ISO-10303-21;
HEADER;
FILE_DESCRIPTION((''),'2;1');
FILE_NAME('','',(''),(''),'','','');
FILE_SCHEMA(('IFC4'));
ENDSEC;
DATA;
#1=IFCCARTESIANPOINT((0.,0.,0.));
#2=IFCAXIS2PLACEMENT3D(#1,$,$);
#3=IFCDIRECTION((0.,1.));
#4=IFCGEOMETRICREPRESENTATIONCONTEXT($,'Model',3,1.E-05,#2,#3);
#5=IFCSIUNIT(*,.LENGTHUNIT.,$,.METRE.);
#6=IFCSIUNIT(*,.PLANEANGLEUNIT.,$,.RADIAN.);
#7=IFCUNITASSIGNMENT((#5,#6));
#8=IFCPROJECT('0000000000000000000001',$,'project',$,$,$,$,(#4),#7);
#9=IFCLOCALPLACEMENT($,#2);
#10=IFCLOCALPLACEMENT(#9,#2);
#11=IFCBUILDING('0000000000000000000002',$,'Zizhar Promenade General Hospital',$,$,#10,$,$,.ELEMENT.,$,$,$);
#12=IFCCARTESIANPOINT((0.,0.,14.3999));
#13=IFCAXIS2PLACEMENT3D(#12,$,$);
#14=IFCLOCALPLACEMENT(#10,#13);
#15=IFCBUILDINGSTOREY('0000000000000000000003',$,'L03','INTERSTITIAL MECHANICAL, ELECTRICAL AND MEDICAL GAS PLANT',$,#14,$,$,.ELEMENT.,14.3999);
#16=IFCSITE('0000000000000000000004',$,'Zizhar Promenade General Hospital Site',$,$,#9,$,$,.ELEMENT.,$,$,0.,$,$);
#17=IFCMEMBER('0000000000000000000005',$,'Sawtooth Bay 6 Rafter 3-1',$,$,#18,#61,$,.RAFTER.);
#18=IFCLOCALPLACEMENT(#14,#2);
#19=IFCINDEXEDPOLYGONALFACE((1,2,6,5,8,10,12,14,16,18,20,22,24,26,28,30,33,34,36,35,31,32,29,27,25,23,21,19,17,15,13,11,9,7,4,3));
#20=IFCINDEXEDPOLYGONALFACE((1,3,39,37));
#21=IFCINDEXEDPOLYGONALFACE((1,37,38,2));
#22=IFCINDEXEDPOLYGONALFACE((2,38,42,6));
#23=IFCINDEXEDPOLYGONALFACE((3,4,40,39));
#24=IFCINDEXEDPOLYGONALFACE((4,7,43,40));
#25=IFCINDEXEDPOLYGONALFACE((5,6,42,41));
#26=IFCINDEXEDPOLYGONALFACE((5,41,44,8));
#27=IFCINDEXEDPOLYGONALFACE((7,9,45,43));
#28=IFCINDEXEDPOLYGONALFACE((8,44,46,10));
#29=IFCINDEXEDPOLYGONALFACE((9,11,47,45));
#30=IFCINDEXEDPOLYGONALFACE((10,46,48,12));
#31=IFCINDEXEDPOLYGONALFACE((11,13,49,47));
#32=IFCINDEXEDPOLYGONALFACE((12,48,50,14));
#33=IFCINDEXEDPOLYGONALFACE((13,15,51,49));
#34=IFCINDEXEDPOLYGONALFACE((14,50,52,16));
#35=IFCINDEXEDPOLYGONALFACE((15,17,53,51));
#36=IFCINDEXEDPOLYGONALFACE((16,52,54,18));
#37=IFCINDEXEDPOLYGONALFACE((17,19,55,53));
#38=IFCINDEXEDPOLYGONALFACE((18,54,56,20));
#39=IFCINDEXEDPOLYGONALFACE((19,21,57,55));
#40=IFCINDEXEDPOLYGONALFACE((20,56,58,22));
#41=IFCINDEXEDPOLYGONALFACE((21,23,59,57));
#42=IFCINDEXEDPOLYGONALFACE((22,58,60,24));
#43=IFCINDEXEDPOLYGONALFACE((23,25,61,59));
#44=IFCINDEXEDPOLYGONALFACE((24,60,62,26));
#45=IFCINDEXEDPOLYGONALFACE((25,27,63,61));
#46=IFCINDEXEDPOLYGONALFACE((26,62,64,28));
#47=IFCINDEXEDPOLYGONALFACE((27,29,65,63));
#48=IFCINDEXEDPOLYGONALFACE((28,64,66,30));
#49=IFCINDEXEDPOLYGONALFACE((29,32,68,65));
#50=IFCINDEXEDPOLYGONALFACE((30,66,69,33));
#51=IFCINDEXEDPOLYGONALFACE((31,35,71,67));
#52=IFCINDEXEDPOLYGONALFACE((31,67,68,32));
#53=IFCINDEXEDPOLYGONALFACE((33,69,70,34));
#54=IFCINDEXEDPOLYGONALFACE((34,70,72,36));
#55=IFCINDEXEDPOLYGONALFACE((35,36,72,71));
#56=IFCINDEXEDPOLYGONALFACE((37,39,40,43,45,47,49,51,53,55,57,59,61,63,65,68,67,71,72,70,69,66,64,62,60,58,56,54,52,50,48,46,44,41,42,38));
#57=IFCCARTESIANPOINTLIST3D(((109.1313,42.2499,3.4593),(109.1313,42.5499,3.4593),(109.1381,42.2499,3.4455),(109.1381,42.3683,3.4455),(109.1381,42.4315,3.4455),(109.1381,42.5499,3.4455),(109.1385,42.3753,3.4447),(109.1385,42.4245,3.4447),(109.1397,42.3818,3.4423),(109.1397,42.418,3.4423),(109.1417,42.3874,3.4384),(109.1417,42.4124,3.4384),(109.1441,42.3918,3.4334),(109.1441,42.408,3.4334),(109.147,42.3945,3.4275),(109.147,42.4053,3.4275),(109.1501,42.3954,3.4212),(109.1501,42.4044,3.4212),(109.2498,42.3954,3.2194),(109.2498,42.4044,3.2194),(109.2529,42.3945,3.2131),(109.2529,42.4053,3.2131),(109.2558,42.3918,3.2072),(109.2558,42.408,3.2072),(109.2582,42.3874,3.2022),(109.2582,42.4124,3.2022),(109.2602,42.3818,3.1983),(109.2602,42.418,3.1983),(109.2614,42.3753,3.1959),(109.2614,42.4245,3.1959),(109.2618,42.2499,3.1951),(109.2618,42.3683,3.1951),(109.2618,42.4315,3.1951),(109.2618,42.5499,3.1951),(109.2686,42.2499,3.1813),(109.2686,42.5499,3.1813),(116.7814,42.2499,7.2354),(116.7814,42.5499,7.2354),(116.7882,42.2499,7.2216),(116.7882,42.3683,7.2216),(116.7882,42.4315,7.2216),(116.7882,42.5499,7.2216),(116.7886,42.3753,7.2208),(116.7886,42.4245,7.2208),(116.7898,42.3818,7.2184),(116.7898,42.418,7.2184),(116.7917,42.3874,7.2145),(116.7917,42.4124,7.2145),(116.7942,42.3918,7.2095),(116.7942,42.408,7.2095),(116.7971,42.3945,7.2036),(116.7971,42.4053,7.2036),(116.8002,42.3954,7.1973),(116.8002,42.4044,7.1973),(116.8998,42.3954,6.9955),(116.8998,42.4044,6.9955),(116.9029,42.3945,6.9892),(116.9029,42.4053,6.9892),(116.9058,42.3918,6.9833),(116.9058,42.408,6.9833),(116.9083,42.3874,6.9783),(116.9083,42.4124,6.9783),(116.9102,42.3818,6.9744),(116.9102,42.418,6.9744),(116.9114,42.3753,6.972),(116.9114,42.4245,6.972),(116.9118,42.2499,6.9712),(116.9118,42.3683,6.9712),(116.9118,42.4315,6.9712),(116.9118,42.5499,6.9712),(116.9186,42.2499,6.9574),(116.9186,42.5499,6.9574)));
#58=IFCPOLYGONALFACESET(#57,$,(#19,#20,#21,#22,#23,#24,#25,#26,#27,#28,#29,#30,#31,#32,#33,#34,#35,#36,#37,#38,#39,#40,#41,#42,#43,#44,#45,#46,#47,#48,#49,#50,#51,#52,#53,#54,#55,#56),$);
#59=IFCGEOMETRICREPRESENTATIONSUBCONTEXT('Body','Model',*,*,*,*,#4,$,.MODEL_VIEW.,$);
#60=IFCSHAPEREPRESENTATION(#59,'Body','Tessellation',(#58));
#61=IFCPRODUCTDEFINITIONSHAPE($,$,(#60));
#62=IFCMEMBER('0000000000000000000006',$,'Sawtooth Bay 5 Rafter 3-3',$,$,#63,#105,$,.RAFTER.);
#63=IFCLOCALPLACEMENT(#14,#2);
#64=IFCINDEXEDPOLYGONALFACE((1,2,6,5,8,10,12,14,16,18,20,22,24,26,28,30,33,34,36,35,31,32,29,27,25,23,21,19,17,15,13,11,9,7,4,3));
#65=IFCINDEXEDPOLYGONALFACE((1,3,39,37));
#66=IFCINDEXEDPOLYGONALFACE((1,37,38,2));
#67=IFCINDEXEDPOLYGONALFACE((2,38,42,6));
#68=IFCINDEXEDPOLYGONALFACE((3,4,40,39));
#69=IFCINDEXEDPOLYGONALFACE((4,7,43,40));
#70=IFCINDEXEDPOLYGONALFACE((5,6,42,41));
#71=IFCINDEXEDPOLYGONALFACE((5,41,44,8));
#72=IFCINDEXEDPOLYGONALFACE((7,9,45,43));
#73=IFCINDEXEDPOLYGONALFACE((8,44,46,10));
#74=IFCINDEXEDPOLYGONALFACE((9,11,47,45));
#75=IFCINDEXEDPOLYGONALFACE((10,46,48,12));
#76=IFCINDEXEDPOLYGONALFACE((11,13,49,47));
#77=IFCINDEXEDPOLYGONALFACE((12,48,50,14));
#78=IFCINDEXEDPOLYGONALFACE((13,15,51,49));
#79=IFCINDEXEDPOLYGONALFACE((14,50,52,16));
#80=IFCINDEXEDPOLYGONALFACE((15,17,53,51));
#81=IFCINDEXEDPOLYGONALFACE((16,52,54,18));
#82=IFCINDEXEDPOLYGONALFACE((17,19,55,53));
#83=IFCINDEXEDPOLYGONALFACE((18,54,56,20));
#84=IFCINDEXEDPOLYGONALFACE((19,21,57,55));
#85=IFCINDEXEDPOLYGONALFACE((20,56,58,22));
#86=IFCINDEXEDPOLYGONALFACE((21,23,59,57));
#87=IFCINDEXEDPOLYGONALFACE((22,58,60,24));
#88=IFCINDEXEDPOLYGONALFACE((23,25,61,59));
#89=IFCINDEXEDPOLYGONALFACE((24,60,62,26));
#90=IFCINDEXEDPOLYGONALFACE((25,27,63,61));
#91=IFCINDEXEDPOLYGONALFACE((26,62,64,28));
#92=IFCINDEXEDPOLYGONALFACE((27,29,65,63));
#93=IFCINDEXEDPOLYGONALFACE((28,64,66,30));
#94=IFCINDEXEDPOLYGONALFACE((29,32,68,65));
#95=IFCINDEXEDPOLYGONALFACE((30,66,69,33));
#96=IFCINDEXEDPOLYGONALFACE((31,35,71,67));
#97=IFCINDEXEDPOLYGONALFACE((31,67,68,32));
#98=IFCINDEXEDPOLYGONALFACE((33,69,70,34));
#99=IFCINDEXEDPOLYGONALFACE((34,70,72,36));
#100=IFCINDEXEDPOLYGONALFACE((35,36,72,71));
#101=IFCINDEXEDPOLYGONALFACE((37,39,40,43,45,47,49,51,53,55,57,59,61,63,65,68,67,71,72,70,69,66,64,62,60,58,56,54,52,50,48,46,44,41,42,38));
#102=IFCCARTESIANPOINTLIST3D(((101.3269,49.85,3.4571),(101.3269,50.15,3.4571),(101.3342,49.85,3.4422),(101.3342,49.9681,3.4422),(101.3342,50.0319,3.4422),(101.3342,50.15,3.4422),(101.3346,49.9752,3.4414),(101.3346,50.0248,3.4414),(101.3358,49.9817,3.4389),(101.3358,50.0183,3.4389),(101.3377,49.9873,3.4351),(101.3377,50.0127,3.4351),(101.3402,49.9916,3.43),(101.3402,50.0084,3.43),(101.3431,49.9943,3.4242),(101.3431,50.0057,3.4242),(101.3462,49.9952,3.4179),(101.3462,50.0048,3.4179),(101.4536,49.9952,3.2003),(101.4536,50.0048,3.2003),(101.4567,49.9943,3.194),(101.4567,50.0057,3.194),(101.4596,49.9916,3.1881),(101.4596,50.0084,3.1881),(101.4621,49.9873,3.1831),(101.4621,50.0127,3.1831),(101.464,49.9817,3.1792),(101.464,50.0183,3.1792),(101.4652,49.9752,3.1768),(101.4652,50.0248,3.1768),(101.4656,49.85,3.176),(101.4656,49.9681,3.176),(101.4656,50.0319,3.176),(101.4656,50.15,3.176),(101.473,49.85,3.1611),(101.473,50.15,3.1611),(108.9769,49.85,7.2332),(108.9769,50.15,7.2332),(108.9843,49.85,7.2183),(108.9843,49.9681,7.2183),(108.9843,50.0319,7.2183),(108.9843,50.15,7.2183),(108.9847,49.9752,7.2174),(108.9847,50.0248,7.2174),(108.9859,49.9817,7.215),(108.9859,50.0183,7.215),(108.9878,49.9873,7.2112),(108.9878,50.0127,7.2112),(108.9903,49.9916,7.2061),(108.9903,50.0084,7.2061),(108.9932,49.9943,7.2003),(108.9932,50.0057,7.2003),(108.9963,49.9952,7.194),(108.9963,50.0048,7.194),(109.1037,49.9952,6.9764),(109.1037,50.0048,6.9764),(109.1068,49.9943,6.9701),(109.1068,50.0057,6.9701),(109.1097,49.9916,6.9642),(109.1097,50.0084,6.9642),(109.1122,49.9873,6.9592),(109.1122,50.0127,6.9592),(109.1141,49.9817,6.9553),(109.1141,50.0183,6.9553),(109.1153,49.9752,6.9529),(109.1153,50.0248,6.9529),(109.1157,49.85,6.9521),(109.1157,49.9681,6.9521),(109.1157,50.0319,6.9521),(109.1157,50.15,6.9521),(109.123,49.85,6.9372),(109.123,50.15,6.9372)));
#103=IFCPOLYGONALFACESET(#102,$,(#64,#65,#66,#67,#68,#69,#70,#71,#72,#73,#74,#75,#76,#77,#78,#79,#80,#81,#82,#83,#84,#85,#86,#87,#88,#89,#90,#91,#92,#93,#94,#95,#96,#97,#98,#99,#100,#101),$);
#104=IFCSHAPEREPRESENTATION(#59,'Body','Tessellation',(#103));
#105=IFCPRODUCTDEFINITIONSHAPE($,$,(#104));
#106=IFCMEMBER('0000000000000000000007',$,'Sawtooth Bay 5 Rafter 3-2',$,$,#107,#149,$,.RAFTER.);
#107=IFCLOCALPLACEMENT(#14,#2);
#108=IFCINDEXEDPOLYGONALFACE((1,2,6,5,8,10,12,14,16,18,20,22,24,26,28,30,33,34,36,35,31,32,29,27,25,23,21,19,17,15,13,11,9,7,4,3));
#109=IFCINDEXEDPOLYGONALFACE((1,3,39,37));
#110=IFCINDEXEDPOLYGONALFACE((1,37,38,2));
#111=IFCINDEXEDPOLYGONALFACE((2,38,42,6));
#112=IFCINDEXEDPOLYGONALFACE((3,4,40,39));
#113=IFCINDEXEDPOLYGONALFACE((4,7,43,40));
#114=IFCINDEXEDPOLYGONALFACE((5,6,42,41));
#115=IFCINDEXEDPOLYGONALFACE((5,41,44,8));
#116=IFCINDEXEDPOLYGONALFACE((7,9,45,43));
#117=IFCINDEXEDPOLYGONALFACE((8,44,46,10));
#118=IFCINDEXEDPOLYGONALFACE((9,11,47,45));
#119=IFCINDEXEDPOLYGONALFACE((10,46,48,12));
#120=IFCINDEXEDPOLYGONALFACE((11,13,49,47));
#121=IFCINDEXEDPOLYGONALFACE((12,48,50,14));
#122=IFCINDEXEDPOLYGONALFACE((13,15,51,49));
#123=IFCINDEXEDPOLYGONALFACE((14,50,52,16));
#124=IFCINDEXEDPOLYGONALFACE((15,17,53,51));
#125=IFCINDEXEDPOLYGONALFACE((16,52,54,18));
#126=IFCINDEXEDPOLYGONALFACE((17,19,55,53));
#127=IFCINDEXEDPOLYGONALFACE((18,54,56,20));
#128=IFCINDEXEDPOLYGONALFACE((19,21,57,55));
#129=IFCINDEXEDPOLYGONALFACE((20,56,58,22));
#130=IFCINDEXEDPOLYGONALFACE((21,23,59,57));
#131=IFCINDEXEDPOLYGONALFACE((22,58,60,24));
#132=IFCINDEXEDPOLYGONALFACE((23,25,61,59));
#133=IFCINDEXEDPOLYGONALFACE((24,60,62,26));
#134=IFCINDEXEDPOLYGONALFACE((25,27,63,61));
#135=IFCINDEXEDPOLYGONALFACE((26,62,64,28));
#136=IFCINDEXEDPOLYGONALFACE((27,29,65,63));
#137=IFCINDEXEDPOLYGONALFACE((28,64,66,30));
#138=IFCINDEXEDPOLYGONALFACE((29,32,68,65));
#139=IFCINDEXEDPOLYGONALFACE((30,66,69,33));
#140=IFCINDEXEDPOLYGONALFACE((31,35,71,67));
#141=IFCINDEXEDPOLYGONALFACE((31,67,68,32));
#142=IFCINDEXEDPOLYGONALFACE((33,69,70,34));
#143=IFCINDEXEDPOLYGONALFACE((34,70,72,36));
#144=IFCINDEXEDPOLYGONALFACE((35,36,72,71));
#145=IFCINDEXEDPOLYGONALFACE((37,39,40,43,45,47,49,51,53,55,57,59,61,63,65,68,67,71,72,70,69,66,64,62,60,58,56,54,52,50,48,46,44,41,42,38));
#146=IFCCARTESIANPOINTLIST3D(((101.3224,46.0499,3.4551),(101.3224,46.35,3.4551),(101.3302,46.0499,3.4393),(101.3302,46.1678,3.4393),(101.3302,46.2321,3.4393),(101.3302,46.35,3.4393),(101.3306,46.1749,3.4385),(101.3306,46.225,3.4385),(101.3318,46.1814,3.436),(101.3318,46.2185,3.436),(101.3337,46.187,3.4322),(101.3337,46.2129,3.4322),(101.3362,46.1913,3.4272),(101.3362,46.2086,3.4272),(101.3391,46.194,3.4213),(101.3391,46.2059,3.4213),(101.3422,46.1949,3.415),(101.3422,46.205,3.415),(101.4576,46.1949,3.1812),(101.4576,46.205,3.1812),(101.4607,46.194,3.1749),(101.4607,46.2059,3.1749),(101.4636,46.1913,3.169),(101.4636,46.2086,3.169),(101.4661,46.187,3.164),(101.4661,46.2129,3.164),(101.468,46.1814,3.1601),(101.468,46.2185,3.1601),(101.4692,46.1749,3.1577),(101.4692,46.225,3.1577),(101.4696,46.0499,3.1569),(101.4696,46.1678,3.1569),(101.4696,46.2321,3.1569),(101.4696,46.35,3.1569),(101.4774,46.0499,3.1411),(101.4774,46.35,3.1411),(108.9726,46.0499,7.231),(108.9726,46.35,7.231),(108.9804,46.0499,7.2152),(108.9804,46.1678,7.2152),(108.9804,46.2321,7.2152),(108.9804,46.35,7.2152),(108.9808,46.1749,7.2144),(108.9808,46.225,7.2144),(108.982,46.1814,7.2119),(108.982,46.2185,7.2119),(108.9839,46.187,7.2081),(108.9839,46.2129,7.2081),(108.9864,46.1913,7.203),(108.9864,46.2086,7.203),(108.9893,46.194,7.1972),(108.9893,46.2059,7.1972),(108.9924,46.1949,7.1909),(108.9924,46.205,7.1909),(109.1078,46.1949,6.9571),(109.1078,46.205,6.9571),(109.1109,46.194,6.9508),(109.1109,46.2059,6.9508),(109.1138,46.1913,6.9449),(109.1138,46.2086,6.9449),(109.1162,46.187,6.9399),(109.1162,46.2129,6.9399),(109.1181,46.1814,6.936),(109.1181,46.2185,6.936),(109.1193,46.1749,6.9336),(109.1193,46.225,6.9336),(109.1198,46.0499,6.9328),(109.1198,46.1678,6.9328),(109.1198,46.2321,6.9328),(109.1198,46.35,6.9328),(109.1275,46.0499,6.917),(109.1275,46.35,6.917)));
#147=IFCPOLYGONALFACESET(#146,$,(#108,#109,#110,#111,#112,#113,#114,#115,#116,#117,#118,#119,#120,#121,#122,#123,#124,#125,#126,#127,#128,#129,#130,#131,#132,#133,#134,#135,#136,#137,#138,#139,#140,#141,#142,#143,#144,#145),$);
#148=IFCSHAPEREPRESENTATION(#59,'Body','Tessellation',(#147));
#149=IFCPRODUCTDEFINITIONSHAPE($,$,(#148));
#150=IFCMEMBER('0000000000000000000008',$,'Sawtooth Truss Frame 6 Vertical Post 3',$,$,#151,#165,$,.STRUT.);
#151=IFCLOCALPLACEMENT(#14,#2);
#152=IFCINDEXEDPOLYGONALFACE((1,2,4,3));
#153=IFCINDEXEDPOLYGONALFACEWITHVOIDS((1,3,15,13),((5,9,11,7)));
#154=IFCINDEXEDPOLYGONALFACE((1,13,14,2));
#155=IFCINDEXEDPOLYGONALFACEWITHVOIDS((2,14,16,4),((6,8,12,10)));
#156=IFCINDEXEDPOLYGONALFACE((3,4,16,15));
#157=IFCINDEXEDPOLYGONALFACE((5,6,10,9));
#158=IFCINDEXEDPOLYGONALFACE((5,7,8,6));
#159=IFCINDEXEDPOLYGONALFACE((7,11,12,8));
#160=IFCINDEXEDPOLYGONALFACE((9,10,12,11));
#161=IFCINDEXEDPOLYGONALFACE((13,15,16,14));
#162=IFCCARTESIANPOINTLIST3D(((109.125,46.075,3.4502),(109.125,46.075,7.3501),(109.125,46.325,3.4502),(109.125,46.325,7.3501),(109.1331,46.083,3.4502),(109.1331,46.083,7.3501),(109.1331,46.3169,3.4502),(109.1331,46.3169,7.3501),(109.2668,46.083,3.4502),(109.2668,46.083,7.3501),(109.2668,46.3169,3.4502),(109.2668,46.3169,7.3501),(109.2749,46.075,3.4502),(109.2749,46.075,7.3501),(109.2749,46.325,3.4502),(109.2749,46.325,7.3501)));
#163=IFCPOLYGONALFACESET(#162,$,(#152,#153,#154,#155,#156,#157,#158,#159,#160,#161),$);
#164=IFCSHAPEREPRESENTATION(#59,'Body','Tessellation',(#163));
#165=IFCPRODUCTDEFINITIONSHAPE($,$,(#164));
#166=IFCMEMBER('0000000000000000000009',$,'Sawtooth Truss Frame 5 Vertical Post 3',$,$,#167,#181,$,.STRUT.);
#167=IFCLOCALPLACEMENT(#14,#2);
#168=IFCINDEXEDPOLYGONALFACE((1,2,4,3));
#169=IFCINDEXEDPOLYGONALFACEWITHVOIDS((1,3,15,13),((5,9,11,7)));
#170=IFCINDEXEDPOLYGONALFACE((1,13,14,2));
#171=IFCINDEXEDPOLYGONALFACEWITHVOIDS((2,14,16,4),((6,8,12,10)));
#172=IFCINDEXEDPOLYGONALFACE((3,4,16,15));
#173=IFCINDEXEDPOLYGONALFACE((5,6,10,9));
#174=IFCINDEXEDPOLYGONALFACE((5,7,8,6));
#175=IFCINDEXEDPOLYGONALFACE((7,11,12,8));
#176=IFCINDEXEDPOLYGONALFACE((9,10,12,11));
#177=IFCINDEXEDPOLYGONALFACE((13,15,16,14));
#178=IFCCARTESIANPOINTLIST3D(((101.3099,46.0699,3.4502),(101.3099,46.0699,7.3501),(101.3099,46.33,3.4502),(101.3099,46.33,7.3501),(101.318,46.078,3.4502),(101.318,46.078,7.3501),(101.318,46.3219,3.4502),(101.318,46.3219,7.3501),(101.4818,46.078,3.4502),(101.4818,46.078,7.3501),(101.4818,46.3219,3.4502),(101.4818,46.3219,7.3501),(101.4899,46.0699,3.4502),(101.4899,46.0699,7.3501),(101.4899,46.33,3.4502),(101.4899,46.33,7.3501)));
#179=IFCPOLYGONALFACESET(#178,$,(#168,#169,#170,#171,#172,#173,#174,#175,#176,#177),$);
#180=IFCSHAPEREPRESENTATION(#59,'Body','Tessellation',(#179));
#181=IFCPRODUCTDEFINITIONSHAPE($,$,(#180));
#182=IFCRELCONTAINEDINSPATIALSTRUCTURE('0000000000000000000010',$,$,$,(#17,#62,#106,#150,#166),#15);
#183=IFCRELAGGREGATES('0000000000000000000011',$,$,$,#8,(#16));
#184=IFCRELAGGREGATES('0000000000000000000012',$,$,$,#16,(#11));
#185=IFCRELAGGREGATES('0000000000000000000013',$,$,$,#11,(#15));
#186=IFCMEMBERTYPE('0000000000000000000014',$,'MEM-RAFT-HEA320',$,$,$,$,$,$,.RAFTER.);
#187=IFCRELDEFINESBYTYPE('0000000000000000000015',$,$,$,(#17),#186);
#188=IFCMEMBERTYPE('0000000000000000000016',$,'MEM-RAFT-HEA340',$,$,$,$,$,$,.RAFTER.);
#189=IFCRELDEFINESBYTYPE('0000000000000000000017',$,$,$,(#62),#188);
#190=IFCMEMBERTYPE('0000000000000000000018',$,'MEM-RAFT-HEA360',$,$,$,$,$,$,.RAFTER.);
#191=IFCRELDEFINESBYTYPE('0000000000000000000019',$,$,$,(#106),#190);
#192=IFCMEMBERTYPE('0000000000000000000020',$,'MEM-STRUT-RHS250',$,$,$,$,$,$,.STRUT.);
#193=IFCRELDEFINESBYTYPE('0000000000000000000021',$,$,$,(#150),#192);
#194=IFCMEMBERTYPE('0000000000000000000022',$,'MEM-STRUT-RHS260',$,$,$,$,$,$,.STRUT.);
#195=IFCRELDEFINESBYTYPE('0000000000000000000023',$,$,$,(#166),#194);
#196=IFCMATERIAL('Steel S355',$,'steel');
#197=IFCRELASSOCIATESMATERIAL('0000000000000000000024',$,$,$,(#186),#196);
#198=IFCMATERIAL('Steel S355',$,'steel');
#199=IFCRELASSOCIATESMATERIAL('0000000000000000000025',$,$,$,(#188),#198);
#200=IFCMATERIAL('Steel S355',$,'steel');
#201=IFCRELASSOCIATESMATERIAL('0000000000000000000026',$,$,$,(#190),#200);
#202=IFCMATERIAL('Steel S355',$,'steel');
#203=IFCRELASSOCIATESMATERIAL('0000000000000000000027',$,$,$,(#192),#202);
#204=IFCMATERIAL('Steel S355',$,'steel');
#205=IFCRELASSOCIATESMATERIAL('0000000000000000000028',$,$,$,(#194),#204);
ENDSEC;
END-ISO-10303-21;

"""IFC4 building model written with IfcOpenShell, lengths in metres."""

from ifc_helpers import new_model, si_unit, direction, frame, origin, origin_2d, place, context, subcontext, project, spatial, hollow_rectangle, i_section, extrude, material, material_profile, profile_set, type_object, element, save


model = new_model("IFC4")

# Units and contexts
model_context = context("Model", 3, precision=1e-05, world=origin(), true_north=direction((0.0, 1.0)))
body_context = subcontext(model_context, "Body", "Model", "MODEL_VIEW")
ifc_project = project(units=[si_unit("LENGTHUNIT", "METRE"), si_unit("PLANEANGLEUNIT", "RADIAN")], contexts=[model_context])

# Site, building, storey
site_placement = place(None, origin())
site = spatial("IfcSite", under=ifc_project, at=site_placement, Name="Zizhar Promenade General Hospital Site", CompositionType="ELEMENT", RefElevation=0.0)
building_placement = place(site_placement, origin())
building = spatial("IfcBuilding", under=site, at=building_placement, Name="Zizhar Promenade General Hospital", CompositionType="ELEMENT")
storey_placement = place(building_placement, frame((0.0, 0.0, 14.3999)))
storey = spatial("IfcBuildingStorey", under=building, at=storey_placement, Name="L03", Description="INTERSTITIAL MECHANICAL, ELECTRICAL AND MEDICAL GAS PLANT", CompositionType="ELEMENT", Elevation=14.3999)

# Members
ifc_material_1 = material(Name="Steel S355", Category="steel")
ifc_material_profile_1 = material_profile(ifc_material_1, i_section(OverallWidth=0.3, OverallDepth=0.3101, WebThickness=0.009, FlangeThickness=0.0154, FilletRadius=0.0271, at=origin_2d()))
ifc_profile_set_1 = profile_set([ifc_material_profile_1], Name="Steel S355")
member_type_1 = type_object("IfcMemberType", Name="MEM-RAFT-HEA320", PredefinedType="RAFTER", material=ifc_profile_set_1)
member_1_placement = place(storey_placement, frame((109.2, 42.3999, 3.3203), z_axis=(0.89671, 0.0, 0.442618), x_axis=(0.0, 1.0, 0.0)))
element("IfcMember", 1, at=member_1_placement, inside=storey, type_object=member_type_1, Name="Sawtooth Bay 6 Rafter 3-1", PredefinedType="RAFTER", context=body_context, shape_type="SweptSolid", body=[
    extrude(i_section(OverallWidth=0.3, OverallDepth=0.3101, WebThickness=0.009, FlangeThickness=0.0154, FilletRadius=0.0271, at=origin_2d()), origin(), (0.0, 0.0, 1.0), 8.5312),
])
ifc_material_2 = material(Name="Steel S355", Category="steel")
ifc_material_profile_2 = material_profile(ifc_material_2, i_section(OverallWidth=0.3, OverallDepth=0.3301, WebThickness=0.0095, FlangeThickness=0.0166, FilletRadius=0.0271, at=origin_2d()))
ifc_profile_set_2 = profile_set([ifc_material_profile_2], Name="Steel S355")
member_type_2 = type_object("IfcMemberType", Name="MEM-RAFT-HEA340", PredefinedType="RAFTER", material=ifc_profile_set_2)
member_2_placement = place(storey_placement, frame((101.3999, 50.0, 3.3091), z_axis=(0.89671, 0.0, 0.442618), x_axis=(0.0, 1.0, 0.0)))
element("IfcMember", 2, at=member_2_placement, inside=storey, type_object=member_type_2, Name="Sawtooth Bay 5 Rafter 3-3", PredefinedType="RAFTER", context=body_context, shape_type="SweptSolid", body=[
    extrude(i_section(OverallWidth=0.3, OverallDepth=0.3301, WebThickness=0.0095, FlangeThickness=0.0166, FilletRadius=0.0271, at=origin_2d()), origin(), (0.0, 0.0, 1.0), 8.5312),
])
ifc_material_3 = material(Name="Steel S355", Category="steel")
ifc_material_profile_3 = material_profile(ifc_material_3, i_section(OverallWidth=0.3, OverallDepth=0.3501, WebThickness=0.01, FlangeThickness=0.0176, FilletRadius=0.0271, at=origin_2d()))
ifc_profile_set_3 = profile_set([ifc_material_profile_3], Name="Steel S355")
member_type_3 = type_object("IfcMemberType", Name="MEM-RAFT-HEA360", PredefinedType="RAFTER", material=ifc_profile_set_3)
member_3_placement = place(storey_placement, frame((101.3999, 46.2, 3.2981), z_axis=(0.896722, 0.0, 0.442595), x_axis=(0.0, 1.0, 0.0)))
element("IfcMember", 3, at=member_3_placement, inside=storey, type_object=member_type_3, Name="Sawtooth Bay 5 Rafter 3-2", PredefinedType="RAFTER", context=body_context, shape_type="SweptSolid", body=[
    extrude(i_section(OverallWidth=0.3, OverallDepth=0.3501, WebThickness=0.01, FlangeThickness=0.0176, FilletRadius=0.0271, at=origin_2d()), origin(), (0.0, 0.0, 1.0), 8.5312),
])
ifc_material_4 = material(Name="Steel S355", Category="steel")
ifc_material_profile_4 = material_profile(ifc_material_4, hollow_rectangle(XDim=0.1499, YDim=0.25, WallThickness=0.0081, at=origin_2d()))
ifc_profile_set_4 = profile_set([ifc_material_profile_4], Name="Steel S355")
member_type_4 = type_object("IfcMemberType", Name="MEM-STRUT-RHS250", PredefinedType="STRUT", material=ifc_profile_set_4)
member_4_placement = place(storey_placement, frame((109.2, 46.2, 3.4502), z_axis=(0.0, 0.0, 1.0), x_axis=(1.0, 0.0, 0.0)))
element("IfcMember", 4, at=member_4_placement, inside=storey, type_object=member_type_4, Name="Sawtooth Truss Frame 6 Vertical Post 3", PredefinedType="STRUT", context=body_context, shape_type="SweptSolid", body=[
    extrude(hollow_rectangle(XDim=0.1499, YDim=0.25, WallThickness=0.0081, at=origin_2d()), origin(), (0.0, 0.0, 1.0), 3.8999),
])
ifc_material_5 = material(Name="Steel S355", Category="steel")
ifc_material_profile_5 = material_profile(ifc_material_5, hollow_rectangle(XDim=0.1799, YDim=0.26, WallThickness=0.0081, at=origin_2d()))
ifc_profile_set_5 = profile_set([ifc_material_profile_5], Name="Steel S355")
member_type_5 = type_object("IfcMemberType", Name="MEM-STRUT-RHS260", PredefinedType="STRUT", material=ifc_profile_set_5)
member_5_placement = place(storey_placement, frame((101.3999, 46.2, 3.4502), z_axis=(0.0, 0.0, 1.0), x_axis=(1.0, 0.0, 0.0)))
element("IfcMember", 5, at=member_5_placement, inside=storey, type_object=member_type_5, Name="Sawtooth Truss Frame 5 Vertical Post 3", PredefinedType="STRUT", context=body_context, shape_type="SweptSolid", body=[
    extrude(hollow_rectangle(XDim=0.1799, YDim=0.26, WallThickness=0.0081, at=origin_2d()), origin(), (0.0, 0.0, 1.0), 3.8999),
])

save(model, "model.ifc")
